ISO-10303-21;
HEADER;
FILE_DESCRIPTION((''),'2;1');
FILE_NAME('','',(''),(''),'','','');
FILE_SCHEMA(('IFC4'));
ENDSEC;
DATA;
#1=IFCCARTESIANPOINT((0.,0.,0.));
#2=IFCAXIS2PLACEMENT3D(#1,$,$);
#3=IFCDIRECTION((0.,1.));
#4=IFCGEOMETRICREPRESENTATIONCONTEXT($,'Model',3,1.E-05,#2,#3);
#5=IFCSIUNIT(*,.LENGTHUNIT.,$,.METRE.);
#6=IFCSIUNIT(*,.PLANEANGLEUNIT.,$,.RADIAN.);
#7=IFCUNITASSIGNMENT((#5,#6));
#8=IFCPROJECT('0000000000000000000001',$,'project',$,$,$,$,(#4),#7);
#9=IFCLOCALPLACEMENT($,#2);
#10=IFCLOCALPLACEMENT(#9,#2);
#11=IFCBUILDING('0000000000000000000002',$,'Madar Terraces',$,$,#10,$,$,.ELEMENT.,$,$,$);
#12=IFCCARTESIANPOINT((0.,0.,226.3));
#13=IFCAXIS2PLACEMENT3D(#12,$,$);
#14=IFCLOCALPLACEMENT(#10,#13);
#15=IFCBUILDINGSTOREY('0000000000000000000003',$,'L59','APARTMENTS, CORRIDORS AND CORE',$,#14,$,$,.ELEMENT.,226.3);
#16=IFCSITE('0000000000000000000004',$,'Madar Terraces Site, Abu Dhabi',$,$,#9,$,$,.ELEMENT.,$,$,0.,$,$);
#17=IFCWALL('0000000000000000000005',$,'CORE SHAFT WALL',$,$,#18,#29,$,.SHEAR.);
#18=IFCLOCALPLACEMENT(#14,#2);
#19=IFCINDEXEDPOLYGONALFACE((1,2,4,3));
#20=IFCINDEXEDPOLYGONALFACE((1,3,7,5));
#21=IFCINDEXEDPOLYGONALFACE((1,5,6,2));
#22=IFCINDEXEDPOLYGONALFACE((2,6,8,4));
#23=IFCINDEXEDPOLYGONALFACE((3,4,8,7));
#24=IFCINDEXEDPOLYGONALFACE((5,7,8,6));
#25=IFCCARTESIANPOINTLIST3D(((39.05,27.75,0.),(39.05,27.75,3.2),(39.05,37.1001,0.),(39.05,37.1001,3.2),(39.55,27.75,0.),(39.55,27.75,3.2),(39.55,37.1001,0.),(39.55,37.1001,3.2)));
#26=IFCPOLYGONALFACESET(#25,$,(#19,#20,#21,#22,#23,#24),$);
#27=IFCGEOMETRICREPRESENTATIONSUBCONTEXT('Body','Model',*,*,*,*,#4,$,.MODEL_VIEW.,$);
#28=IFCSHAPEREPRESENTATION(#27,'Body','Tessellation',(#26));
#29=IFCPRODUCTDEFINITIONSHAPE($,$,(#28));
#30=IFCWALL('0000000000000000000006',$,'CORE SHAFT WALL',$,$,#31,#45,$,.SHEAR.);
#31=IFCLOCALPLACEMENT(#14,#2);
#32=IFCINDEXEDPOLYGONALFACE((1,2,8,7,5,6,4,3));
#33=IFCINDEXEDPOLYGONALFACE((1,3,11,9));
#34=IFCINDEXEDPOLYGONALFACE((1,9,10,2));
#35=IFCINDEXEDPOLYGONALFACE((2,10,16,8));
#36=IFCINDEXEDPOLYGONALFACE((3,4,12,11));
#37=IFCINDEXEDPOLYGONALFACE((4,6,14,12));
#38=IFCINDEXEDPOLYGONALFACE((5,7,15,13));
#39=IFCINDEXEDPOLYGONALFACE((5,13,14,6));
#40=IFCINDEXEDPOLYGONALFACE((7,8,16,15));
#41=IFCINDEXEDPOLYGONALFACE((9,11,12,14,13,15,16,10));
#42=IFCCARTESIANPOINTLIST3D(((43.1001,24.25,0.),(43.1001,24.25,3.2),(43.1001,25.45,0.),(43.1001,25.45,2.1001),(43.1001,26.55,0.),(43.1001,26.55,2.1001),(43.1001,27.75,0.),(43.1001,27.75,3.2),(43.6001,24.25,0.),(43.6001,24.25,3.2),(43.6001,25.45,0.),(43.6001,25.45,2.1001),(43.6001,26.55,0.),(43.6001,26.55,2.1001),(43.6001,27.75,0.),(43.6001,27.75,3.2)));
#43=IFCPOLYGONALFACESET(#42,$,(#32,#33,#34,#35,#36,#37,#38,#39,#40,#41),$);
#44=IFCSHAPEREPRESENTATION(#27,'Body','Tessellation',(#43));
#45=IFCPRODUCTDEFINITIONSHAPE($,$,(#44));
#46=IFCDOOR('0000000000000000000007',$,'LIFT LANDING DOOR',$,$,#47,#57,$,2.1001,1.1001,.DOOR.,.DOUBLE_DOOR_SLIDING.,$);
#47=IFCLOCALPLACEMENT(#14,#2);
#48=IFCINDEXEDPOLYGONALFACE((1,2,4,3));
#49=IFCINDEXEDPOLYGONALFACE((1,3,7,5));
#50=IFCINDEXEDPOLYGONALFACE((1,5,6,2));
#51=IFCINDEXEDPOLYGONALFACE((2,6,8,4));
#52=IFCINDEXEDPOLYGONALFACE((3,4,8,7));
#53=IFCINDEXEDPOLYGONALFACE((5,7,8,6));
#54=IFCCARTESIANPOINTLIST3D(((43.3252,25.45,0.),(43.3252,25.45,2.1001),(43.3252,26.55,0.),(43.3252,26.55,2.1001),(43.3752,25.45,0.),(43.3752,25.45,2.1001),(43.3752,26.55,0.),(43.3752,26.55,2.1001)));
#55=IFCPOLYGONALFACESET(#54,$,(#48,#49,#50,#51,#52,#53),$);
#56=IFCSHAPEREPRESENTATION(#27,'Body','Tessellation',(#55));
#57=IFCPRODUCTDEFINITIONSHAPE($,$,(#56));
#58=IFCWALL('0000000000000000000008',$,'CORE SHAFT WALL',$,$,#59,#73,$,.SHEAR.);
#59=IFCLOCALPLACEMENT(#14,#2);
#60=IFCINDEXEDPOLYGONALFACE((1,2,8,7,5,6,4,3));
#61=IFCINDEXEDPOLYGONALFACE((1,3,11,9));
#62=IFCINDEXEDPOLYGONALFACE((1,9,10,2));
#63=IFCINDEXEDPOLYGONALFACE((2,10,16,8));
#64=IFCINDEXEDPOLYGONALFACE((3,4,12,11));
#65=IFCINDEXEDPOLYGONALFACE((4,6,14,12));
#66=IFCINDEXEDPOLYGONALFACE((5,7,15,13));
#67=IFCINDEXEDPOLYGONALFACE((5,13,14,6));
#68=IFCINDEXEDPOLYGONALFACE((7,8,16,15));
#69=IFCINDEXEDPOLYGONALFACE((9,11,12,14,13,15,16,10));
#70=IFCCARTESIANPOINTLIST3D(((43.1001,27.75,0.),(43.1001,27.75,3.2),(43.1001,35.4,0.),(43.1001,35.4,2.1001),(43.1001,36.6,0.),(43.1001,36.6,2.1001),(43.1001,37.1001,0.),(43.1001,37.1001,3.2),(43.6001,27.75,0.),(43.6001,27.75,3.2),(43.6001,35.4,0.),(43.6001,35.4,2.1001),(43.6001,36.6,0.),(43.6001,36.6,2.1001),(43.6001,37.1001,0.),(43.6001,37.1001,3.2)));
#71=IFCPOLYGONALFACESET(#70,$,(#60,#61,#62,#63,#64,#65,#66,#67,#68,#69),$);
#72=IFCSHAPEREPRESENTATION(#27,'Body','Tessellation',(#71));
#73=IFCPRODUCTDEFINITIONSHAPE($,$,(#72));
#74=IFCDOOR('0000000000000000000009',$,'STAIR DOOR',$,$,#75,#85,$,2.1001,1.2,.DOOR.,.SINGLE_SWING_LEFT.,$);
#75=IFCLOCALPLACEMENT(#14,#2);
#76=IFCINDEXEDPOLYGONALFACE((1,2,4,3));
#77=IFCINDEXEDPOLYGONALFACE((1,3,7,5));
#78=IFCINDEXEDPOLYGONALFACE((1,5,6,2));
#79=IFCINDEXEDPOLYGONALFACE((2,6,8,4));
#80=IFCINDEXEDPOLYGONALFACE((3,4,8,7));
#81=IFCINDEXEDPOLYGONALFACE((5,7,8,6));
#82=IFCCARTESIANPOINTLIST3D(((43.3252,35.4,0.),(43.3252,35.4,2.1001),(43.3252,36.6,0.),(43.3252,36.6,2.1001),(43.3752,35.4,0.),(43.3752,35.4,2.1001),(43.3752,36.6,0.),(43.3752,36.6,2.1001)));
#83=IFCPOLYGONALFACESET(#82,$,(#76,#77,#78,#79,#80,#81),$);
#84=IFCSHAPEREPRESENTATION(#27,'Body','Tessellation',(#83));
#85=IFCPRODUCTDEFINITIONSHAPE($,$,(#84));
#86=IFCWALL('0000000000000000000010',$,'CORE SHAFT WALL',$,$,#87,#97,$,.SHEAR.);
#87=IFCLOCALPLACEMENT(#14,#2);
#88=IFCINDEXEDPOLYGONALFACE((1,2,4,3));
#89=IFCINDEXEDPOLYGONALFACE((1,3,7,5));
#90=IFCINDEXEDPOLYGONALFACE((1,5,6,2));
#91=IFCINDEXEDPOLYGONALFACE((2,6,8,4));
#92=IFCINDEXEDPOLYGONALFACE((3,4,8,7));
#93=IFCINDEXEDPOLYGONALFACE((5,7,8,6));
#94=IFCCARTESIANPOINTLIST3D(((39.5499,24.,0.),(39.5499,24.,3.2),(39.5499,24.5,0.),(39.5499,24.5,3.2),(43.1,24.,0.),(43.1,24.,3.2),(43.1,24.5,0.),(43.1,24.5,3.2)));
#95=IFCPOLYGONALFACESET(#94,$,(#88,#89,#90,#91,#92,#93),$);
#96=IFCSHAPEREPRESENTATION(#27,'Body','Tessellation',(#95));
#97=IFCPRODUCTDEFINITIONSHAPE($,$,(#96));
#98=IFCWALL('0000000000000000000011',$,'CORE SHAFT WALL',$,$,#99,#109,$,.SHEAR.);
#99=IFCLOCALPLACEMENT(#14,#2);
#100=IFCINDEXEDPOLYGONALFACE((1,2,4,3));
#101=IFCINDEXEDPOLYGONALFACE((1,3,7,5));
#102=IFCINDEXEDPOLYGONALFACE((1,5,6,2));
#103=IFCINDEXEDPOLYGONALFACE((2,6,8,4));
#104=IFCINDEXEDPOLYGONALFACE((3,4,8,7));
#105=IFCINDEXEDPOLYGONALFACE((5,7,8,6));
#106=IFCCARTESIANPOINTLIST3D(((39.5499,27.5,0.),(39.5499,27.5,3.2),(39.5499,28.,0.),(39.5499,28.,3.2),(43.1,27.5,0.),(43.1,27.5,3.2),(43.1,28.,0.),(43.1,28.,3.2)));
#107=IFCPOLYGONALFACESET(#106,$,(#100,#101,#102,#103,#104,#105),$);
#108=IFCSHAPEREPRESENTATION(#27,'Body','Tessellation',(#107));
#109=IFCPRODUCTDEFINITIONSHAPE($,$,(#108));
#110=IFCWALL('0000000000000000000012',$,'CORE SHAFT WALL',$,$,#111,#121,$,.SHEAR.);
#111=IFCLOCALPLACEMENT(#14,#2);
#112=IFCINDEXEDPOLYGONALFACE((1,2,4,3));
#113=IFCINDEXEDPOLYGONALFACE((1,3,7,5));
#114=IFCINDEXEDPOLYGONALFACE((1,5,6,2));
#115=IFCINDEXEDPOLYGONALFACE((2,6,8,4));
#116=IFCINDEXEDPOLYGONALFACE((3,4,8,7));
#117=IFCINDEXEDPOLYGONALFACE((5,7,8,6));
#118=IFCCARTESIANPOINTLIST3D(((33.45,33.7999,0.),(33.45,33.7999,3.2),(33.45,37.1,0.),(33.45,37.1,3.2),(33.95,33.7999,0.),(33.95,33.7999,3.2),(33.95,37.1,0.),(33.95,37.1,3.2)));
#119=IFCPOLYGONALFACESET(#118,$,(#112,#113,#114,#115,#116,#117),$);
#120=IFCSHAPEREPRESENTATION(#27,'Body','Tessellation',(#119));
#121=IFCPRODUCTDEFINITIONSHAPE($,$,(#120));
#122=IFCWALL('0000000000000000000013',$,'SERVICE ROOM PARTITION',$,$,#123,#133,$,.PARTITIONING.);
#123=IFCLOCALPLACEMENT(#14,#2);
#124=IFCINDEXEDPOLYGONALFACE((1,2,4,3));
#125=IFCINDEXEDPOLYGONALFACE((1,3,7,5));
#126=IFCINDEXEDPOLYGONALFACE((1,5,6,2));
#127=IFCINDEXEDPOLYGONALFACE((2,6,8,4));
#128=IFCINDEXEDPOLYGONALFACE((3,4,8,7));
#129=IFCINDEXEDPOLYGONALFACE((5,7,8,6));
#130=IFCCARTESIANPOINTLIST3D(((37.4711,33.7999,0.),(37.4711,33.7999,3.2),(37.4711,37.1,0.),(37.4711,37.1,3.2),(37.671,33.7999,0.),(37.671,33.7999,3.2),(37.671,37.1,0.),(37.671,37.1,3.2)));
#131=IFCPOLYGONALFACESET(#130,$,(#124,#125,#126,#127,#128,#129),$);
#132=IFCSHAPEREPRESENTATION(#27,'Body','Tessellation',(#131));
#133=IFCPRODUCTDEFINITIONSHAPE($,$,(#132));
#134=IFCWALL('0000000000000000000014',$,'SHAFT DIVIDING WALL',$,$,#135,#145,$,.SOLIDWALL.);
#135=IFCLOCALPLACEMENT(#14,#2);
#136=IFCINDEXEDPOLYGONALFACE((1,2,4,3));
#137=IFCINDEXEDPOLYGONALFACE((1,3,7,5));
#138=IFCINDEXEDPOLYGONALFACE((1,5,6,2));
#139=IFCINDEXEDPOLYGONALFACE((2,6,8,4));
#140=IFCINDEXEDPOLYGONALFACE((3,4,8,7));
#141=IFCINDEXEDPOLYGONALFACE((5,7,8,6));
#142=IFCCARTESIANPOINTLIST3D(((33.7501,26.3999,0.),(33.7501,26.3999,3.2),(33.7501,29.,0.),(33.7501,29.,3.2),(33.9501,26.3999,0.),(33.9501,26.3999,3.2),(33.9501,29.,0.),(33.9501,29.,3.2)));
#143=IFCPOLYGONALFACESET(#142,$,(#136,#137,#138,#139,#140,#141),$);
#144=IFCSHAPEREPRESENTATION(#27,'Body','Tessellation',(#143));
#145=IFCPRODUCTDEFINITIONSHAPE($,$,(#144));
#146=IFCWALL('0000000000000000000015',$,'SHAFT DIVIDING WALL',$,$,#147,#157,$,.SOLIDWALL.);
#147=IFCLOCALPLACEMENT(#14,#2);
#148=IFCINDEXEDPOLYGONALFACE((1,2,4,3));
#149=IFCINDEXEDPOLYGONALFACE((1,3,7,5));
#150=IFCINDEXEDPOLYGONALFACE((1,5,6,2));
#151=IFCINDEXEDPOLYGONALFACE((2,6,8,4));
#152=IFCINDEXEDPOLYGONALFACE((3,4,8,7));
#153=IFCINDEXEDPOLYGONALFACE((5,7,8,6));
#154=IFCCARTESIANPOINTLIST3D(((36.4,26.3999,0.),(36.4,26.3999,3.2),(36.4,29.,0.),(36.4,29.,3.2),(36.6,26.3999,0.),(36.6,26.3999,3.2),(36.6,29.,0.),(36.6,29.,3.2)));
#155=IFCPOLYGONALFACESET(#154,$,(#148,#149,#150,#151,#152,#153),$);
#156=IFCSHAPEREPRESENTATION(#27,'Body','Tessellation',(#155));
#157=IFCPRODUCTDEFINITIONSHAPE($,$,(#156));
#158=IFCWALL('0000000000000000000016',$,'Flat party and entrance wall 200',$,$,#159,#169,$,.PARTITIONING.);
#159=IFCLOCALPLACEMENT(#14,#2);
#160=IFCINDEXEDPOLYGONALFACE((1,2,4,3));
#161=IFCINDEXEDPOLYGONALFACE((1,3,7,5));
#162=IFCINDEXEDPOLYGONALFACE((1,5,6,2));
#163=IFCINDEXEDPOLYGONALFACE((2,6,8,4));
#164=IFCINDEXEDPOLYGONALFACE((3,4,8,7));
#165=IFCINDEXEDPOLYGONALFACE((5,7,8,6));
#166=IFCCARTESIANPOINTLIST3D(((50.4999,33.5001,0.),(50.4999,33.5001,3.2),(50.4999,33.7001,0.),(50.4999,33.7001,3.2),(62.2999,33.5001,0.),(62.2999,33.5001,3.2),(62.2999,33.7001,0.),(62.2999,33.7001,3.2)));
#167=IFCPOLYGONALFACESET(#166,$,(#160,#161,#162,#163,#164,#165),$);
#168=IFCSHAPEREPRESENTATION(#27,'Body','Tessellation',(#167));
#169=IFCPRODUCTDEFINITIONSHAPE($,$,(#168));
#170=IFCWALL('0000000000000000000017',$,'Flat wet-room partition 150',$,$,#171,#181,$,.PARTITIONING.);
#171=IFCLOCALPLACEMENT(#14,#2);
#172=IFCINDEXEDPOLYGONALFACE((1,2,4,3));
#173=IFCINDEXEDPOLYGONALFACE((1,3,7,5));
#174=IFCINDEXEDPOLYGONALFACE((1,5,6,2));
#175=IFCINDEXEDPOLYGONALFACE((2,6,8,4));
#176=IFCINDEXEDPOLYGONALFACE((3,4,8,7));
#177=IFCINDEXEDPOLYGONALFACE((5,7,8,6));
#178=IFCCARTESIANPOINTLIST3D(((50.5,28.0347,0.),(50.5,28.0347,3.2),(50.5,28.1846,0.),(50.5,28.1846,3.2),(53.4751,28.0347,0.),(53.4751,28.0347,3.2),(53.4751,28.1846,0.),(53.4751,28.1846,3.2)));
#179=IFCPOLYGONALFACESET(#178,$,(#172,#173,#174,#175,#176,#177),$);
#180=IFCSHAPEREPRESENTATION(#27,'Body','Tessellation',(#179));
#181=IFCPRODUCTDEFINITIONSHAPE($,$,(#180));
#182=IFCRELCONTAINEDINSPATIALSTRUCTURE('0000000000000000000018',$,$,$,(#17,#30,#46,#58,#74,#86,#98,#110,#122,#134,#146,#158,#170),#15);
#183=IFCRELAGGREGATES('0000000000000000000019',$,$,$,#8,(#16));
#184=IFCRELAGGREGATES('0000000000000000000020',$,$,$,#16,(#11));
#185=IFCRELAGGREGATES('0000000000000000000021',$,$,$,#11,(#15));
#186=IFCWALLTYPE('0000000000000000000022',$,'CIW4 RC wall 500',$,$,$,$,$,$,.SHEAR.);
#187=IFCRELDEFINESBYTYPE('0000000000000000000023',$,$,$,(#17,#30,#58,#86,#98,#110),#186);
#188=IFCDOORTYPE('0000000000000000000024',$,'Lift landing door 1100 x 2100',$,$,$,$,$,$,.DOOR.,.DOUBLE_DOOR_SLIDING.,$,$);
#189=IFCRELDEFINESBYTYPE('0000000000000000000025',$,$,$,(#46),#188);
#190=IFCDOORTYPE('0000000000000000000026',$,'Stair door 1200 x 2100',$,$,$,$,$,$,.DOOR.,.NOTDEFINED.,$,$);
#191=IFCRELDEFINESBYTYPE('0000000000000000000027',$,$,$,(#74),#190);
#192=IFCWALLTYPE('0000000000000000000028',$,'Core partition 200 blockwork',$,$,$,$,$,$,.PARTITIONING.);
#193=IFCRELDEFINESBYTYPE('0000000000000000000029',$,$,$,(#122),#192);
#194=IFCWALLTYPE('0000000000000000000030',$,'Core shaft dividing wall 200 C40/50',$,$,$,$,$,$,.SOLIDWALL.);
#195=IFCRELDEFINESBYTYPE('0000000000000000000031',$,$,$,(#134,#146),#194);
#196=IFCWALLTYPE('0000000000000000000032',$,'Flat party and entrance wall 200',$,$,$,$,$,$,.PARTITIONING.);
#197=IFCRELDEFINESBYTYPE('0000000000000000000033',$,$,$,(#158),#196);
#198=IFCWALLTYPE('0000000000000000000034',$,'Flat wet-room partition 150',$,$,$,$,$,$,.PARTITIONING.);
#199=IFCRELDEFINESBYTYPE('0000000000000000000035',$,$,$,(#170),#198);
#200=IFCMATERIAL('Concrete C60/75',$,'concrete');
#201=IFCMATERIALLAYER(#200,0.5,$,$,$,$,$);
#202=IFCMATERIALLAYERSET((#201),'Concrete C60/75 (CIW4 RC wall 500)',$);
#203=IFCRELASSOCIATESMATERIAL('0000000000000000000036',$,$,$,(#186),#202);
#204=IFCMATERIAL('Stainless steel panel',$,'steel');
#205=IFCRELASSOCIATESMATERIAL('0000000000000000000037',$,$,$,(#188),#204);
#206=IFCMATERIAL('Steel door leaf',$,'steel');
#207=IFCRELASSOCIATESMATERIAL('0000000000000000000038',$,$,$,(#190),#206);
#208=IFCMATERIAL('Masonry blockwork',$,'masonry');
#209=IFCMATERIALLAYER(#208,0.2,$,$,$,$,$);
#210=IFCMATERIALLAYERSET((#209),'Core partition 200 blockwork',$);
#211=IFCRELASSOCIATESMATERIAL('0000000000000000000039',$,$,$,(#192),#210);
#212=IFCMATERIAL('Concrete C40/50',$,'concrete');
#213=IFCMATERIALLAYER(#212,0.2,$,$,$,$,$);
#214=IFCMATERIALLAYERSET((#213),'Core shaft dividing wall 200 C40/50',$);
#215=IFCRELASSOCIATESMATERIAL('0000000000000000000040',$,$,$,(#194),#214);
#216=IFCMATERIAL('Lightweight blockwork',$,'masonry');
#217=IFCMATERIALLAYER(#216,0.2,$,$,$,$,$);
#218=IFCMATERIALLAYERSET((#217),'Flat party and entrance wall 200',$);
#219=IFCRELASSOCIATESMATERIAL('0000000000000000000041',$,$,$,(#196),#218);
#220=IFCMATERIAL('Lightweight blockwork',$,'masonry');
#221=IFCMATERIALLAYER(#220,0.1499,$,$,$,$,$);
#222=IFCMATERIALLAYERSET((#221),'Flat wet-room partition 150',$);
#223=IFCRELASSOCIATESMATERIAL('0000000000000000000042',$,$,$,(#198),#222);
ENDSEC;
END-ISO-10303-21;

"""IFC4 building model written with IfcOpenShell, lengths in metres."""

from ifc_helpers import new_model, si_unit, direction, frame, frame_2d, origin, place, context, subcontext, project, spatial, rectangle, extrude, material, layer, layer_set, type_object, element, fill, save


model = new_model("IFC4")

# Units and contexts
model_context = context("Model", 3, precision=1e-05, world=origin(), true_north=direction((0.0, 1.0)))
body_context = subcontext(model_context, "Body", "Model", "MODEL_VIEW")
ifc_project = project(units=[si_unit("LENGTHUNIT", "METRE"), si_unit("PLANEANGLEUNIT", "RADIAN")], contexts=[model_context])

# Site, building, storey
site_placement = place(None, origin())
site = spatial("IfcSite", under=ifc_project, at=site_placement, Name="Madar Terraces Site, Abu Dhabi", CompositionType="ELEMENT", RefElevation=0.0)
building_placement = place(site_placement, origin())
building = spatial("IfcBuilding", under=site, at=building_placement, Name="Madar Terraces", CompositionType="ELEMENT")
storey_placement = place(building_placement, frame((0.0, 0.0, 226.3)))
storey = spatial("IfcBuildingStorey", under=building, at=storey_placement, Name="L59", Description="APARTMENTS, CORRIDORS AND CORE", CompositionType="ELEMENT", Elevation=226.3)

# Wall
ifc_material_1 = material(Name="Concrete C60/75", Category="concrete")
ifc_layer_1 = layer(ifc_material_1, 0.5)
ifc_layer_set_1 = layer_set([ifc_layer_1], Name="Concrete C60/75 (CIW4 RC wall 500)")
wall_type_1 = type_object("IfcWallType", Name="CIW4 RC wall 500", PredefinedType="SHEAR", material=ifc_layer_set_1)
wall_1_placement = place(storey_placement, frame((39.3, 27.75, 0.0), z_axis=(0.0, 0.0, 1.0), x_axis=(0.0, 1.0, 0.0)))
element("IfcWall", 1, at=wall_1_placement, inside=storey, type_object=wall_type_1, Name="CORE SHAFT WALL", PredefinedType="SHEAR", context=body_context, shape_type="SweptSolid", body=[
    extrude(rectangle(XDim=9.3501, YDim=0.5, at=frame_2d((4.675, 0.0))), origin(), (0.0, 0.0, 1.0), 3.2),
])

# Walls, openings, doors
wall_2_placement = place(storey_placement, frame((43.3501, 24.25, 0.0), z_axis=(0.0, 0.0, 1.0), x_axis=(0.0, 1.0, 0.0)))
wall_2 = element("IfcWall", 2, at=wall_2_placement, inside=storey, type_object=wall_type_1, Name="CORE SHAFT WALL", PredefinedType="SHEAR", context=body_context, shape_type="SweptSolid", body=[
    extrude(rectangle(XDim=3.5, YDim=0.5, at=frame_2d((1.75, 0.0))), origin(), (0.0, 0.0, 1.0), 3.2),
])
opening_1_placement = place(wall_2_placement, frame((1.2, 0.0, 0.0)))
opening_1 = element("IfcOpeningElement", 3, at=opening_1_placement, cuts=wall_2, PredefinedType="OPENING", context=body_context, shape_type="SweptSolid", body=[
    extrude(rectangle(XDim=1.1001, YDim=2.1001, at=frame_2d((0.55, 1.05))), frame((0.0, 0.26, 0.0), z_axis=(0.0, -1.0, 0.0), x_axis=(1.0, 0.0, 0.0)), (0.0, 0.0, 1.0), 0.52),
])
ifc_material_2 = material(Name="Stainless steel panel", Category="steel")
door_type_1 = type_object("IfcDoorType", Name="Lift landing door 1100 x 2100", OperationType="DOUBLE_DOOR_SLIDING", PredefinedType="DOOR", material=ifc_material_2)
door_1_placement = place(opening_1_placement, origin())
door_1 = element("IfcDoor", 4, at=door_1_placement, inside=storey, type_object=door_type_1, Name="LIFT LANDING DOOR", OperationType="DOUBLE_DOOR_SLIDING", OverallHeight=2.1001, OverallWidth=1.1001, PredefinedType="DOOR", context=body_context, shape_type="SweptSolid", body=[
    extrude(rectangle(XDim=1.1001, YDim=2.1001, at=frame_2d((0.55, 1.05))), frame((0.0, 0.0249, 0.0), z_axis=(0.0, -1.0, 0.0), x_axis=(1.0, 0.0, 0.0)), (0.0, 0.0, 1.0), 0.05),
])
fill(opening_1, door_1)
wall_3_placement = place(storey_placement, frame((43.3501, 27.75, 0.0), z_axis=(0.0, 0.0, 1.0), x_axis=(0.0, 1.0, 0.0)))
wall_3 = element("IfcWall", 5, at=wall_3_placement, inside=storey, type_object=wall_type_1, Name="CORE SHAFT WALL", PredefinedType="SHEAR", context=body_context, shape_type="SweptSolid", body=[
    extrude(rectangle(XDim=9.3501, YDim=0.5, at=frame_2d((4.675, 0.0))), origin(), (0.0, 0.0, 1.0), 3.2),
])
opening_2_placement = place(wall_3_placement, frame((7.6499, 0.0, 0.0)))
opening_2 = element("IfcOpeningElement", 6, at=opening_2_placement, cuts=wall_3, PredefinedType="OPENING", context=body_context, shape_type="SweptSolid", body=[
    extrude(rectangle(XDim=1.2, YDim=2.1001, at=frame_2d((0.6001, 1.05))), frame((0.0, 0.26, 0.0), z_axis=(0.0, -1.0, 0.0), x_axis=(1.0, 0.0, 0.0)), (0.0, 0.0, 1.0), 0.52),
])
ifc_material_3 = material(Name="Steel door leaf", Category="steel")
door_type_2 = type_object("IfcDoorType", Name="Stair door 1200 x 2100", OperationType="NOTDEFINED", PredefinedType="DOOR", material=ifc_material_3)
door_2_placement = place(opening_2_placement, origin())
door_2 = element("IfcDoor", 7, at=door_2_placement, inside=storey, type_object=door_type_2, Name="STAIR DOOR", OperationType="SINGLE_SWING_LEFT", OverallHeight=2.1001, OverallWidth=1.2, PredefinedType="DOOR", context=body_context, shape_type="SweptSolid", body=[
    extrude(rectangle(XDim=1.2, YDim=2.1001, at=frame_2d((0.6001, 1.05))), frame((0.0, 0.0249, 0.0), z_axis=(0.0, -1.0, 0.0), x_axis=(1.0, 0.0, 0.0)), (0.0, 0.0, 1.0), 0.05),
])
fill(opening_2, door_2)

# Walls
for number, where, z_axis, x_axis, name in (
    (8, (39.55, 24.25, 0.0), (0.0, 0.0, 1.0), (1.0, 0.0, 0.0), "CORE SHAFT WALL"),
    (9, (39.55, 27.75, 0.0), (0.0, 0.0, 1.0), (1.0, 0.0, 0.0), "CORE SHAFT WALL"),
):
    element("IfcWall", number, at=place(storey_placement, frame(where, z_axis=z_axis, x_axis=x_axis)), inside=storey, type_object=wall_type_1, Name=name, PredefinedType="SHEAR", context=body_context, shape_type="SweptSolid", body=[
        extrude(rectangle(XDim=3.55, YDim=0.5, at=frame_2d((1.7749, 0.0))), origin(), (0.0, 0.0, 1.0), 3.2),
    ])
wall_4_placement = place(storey_placement, frame((33.7, 33.8, 0.0), z_axis=(0.0, 0.0, 1.0), x_axis=(0.0, 1.0, 0.0)))
element("IfcWall", 10, at=wall_4_placement, inside=storey, type_object=wall_type_1, Name="CORE SHAFT WALL", PredefinedType="SHEAR", context=body_context, shape_type="SweptSolid", body=[
    extrude(rectangle(XDim=3.3, YDim=0.5, at=frame_2d((1.6499, 0.0))), origin(), (0.0, 0.0, 1.0), 3.2),
])
ifc_material_4 = material(Name="Masonry blockwork", Category="masonry")
ifc_layer_2 = layer(ifc_material_4, 0.2)
ifc_layer_set_2 = layer_set([ifc_layer_2], Name="Core partition 200 blockwork")
wall_type_2 = type_object("IfcWallType", Name="Core partition 200 blockwork", PredefinedType="PARTITIONING", material=ifc_layer_set_2)
wall_5_placement = place(storey_placement, frame((37.571, 33.8, 0.0), z_axis=(0.0, 0.0, 1.0), x_axis=(0.0, 1.0, 0.0)))
element("IfcWall", 11, at=wall_5_placement, inside=storey, type_object=wall_type_2, Name="SERVICE ROOM PARTITION", PredefinedType="PARTITIONING", context=body_context, shape_type="SweptSolid", body=[
    extrude(rectangle(XDim=3.3, YDim=0.2, at=frame_2d((1.6499, 0.0))), origin(), (0.0, 0.0, 1.0), 3.2),
])
ifc_material_5 = material(Name="Concrete C40/50", Category="concrete")
ifc_layer_3 = layer(ifc_material_5, 0.2)
ifc_layer_set_3 = layer_set([ifc_layer_3], Name="Core shaft dividing wall 200 C40/50")
wall_type_3 = type_object("IfcWallType", Name="Core shaft dividing wall 200 C40/50", PredefinedType="SOLIDWALL", material=ifc_layer_set_3)
for number, where, z_axis, x_axis, name in (
    (12, (33.8501, 26.3999, 0.0), (0.0, 0.0, 1.0), (0.0, 1.0, 0.0), "SHAFT DIVIDING WALL"),
    (13, (36.5, 26.3999, 0.0), (0.0, 0.0, 1.0), (0.0, 1.0, 0.0), "SHAFT DIVIDING WALL"),
):
    element("IfcWall", number, at=place(storey_placement, frame(where, z_axis=z_axis, x_axis=x_axis)), inside=storey, type_object=wall_type_3, Name=name, PredefinedType="SOLIDWALL", context=body_context, shape_type="SweptSolid", body=[
        extrude(rectangle(XDim=2.6001, YDim=0.2, at=frame_2d((1.3, 0.0))), origin(), (0.0, 0.0, 1.0), 3.2),
    ])
ifc_material_6 = material(Name="Lightweight blockwork", Category="masonry")
ifc_layer_4 = layer(ifc_material_6, 0.2)
ifc_layer_set_4 = layer_set([ifc_layer_4], Name="Flat party and entrance wall 200")
wall_type_4 = type_object("IfcWallType", Name="Flat party and entrance wall 200", PredefinedType="PARTITIONING", material=ifc_layer_set_4)
wall_6_placement = place(storey_placement, frame((50.5, 33.6001, 0.0), z_axis=(0.0, 0.0, 1.0), x_axis=(1.0, 0.0, 0.0)))
element("IfcWall", 14, at=wall_6_placement, inside=storey, type_object=wall_type_4, Name="Flat party and entrance wall 200", PredefinedType="PARTITIONING", context=body_context, shape_type="SweptSolid", body=[
    extrude(rectangle(XDim=11.8, YDim=0.2, at=frame_2d((5.8999, 0.0))), origin(), (0.0, 0.0, 1.0), 3.2),
])
ifc_material_7 = material(Name="Lightweight blockwork", Category="masonry")
ifc_layer_5 = layer(ifc_material_7, 0.1499)
ifc_layer_set_5 = layer_set([ifc_layer_5], Name="Flat wet-room partition 150")
wall_type_5 = type_object("IfcWallType", Name="Flat wet-room partition 150", PredefinedType="PARTITIONING", material=ifc_layer_set_5)
wall_7_placement = place(storey_placement, frame((50.5, 28.1096, 0.0), z_axis=(0.0, 0.0, 1.0), x_axis=(1.0, 0.0, 0.0)))
element("IfcWall", 15, at=wall_7_placement, inside=storey, type_object=wall_type_5, Name="Flat wet-room partition 150", PredefinedType="PARTITIONING", context=body_context, shape_type="SweptSolid", body=[
    extrude(rectangle(XDim=2.9751, YDim=0.1499, at=frame_2d((1.4875, 0.0))), origin(), (0.0, 0.0, 1.0), 3.2),
])

save(model, "model.ifc")
